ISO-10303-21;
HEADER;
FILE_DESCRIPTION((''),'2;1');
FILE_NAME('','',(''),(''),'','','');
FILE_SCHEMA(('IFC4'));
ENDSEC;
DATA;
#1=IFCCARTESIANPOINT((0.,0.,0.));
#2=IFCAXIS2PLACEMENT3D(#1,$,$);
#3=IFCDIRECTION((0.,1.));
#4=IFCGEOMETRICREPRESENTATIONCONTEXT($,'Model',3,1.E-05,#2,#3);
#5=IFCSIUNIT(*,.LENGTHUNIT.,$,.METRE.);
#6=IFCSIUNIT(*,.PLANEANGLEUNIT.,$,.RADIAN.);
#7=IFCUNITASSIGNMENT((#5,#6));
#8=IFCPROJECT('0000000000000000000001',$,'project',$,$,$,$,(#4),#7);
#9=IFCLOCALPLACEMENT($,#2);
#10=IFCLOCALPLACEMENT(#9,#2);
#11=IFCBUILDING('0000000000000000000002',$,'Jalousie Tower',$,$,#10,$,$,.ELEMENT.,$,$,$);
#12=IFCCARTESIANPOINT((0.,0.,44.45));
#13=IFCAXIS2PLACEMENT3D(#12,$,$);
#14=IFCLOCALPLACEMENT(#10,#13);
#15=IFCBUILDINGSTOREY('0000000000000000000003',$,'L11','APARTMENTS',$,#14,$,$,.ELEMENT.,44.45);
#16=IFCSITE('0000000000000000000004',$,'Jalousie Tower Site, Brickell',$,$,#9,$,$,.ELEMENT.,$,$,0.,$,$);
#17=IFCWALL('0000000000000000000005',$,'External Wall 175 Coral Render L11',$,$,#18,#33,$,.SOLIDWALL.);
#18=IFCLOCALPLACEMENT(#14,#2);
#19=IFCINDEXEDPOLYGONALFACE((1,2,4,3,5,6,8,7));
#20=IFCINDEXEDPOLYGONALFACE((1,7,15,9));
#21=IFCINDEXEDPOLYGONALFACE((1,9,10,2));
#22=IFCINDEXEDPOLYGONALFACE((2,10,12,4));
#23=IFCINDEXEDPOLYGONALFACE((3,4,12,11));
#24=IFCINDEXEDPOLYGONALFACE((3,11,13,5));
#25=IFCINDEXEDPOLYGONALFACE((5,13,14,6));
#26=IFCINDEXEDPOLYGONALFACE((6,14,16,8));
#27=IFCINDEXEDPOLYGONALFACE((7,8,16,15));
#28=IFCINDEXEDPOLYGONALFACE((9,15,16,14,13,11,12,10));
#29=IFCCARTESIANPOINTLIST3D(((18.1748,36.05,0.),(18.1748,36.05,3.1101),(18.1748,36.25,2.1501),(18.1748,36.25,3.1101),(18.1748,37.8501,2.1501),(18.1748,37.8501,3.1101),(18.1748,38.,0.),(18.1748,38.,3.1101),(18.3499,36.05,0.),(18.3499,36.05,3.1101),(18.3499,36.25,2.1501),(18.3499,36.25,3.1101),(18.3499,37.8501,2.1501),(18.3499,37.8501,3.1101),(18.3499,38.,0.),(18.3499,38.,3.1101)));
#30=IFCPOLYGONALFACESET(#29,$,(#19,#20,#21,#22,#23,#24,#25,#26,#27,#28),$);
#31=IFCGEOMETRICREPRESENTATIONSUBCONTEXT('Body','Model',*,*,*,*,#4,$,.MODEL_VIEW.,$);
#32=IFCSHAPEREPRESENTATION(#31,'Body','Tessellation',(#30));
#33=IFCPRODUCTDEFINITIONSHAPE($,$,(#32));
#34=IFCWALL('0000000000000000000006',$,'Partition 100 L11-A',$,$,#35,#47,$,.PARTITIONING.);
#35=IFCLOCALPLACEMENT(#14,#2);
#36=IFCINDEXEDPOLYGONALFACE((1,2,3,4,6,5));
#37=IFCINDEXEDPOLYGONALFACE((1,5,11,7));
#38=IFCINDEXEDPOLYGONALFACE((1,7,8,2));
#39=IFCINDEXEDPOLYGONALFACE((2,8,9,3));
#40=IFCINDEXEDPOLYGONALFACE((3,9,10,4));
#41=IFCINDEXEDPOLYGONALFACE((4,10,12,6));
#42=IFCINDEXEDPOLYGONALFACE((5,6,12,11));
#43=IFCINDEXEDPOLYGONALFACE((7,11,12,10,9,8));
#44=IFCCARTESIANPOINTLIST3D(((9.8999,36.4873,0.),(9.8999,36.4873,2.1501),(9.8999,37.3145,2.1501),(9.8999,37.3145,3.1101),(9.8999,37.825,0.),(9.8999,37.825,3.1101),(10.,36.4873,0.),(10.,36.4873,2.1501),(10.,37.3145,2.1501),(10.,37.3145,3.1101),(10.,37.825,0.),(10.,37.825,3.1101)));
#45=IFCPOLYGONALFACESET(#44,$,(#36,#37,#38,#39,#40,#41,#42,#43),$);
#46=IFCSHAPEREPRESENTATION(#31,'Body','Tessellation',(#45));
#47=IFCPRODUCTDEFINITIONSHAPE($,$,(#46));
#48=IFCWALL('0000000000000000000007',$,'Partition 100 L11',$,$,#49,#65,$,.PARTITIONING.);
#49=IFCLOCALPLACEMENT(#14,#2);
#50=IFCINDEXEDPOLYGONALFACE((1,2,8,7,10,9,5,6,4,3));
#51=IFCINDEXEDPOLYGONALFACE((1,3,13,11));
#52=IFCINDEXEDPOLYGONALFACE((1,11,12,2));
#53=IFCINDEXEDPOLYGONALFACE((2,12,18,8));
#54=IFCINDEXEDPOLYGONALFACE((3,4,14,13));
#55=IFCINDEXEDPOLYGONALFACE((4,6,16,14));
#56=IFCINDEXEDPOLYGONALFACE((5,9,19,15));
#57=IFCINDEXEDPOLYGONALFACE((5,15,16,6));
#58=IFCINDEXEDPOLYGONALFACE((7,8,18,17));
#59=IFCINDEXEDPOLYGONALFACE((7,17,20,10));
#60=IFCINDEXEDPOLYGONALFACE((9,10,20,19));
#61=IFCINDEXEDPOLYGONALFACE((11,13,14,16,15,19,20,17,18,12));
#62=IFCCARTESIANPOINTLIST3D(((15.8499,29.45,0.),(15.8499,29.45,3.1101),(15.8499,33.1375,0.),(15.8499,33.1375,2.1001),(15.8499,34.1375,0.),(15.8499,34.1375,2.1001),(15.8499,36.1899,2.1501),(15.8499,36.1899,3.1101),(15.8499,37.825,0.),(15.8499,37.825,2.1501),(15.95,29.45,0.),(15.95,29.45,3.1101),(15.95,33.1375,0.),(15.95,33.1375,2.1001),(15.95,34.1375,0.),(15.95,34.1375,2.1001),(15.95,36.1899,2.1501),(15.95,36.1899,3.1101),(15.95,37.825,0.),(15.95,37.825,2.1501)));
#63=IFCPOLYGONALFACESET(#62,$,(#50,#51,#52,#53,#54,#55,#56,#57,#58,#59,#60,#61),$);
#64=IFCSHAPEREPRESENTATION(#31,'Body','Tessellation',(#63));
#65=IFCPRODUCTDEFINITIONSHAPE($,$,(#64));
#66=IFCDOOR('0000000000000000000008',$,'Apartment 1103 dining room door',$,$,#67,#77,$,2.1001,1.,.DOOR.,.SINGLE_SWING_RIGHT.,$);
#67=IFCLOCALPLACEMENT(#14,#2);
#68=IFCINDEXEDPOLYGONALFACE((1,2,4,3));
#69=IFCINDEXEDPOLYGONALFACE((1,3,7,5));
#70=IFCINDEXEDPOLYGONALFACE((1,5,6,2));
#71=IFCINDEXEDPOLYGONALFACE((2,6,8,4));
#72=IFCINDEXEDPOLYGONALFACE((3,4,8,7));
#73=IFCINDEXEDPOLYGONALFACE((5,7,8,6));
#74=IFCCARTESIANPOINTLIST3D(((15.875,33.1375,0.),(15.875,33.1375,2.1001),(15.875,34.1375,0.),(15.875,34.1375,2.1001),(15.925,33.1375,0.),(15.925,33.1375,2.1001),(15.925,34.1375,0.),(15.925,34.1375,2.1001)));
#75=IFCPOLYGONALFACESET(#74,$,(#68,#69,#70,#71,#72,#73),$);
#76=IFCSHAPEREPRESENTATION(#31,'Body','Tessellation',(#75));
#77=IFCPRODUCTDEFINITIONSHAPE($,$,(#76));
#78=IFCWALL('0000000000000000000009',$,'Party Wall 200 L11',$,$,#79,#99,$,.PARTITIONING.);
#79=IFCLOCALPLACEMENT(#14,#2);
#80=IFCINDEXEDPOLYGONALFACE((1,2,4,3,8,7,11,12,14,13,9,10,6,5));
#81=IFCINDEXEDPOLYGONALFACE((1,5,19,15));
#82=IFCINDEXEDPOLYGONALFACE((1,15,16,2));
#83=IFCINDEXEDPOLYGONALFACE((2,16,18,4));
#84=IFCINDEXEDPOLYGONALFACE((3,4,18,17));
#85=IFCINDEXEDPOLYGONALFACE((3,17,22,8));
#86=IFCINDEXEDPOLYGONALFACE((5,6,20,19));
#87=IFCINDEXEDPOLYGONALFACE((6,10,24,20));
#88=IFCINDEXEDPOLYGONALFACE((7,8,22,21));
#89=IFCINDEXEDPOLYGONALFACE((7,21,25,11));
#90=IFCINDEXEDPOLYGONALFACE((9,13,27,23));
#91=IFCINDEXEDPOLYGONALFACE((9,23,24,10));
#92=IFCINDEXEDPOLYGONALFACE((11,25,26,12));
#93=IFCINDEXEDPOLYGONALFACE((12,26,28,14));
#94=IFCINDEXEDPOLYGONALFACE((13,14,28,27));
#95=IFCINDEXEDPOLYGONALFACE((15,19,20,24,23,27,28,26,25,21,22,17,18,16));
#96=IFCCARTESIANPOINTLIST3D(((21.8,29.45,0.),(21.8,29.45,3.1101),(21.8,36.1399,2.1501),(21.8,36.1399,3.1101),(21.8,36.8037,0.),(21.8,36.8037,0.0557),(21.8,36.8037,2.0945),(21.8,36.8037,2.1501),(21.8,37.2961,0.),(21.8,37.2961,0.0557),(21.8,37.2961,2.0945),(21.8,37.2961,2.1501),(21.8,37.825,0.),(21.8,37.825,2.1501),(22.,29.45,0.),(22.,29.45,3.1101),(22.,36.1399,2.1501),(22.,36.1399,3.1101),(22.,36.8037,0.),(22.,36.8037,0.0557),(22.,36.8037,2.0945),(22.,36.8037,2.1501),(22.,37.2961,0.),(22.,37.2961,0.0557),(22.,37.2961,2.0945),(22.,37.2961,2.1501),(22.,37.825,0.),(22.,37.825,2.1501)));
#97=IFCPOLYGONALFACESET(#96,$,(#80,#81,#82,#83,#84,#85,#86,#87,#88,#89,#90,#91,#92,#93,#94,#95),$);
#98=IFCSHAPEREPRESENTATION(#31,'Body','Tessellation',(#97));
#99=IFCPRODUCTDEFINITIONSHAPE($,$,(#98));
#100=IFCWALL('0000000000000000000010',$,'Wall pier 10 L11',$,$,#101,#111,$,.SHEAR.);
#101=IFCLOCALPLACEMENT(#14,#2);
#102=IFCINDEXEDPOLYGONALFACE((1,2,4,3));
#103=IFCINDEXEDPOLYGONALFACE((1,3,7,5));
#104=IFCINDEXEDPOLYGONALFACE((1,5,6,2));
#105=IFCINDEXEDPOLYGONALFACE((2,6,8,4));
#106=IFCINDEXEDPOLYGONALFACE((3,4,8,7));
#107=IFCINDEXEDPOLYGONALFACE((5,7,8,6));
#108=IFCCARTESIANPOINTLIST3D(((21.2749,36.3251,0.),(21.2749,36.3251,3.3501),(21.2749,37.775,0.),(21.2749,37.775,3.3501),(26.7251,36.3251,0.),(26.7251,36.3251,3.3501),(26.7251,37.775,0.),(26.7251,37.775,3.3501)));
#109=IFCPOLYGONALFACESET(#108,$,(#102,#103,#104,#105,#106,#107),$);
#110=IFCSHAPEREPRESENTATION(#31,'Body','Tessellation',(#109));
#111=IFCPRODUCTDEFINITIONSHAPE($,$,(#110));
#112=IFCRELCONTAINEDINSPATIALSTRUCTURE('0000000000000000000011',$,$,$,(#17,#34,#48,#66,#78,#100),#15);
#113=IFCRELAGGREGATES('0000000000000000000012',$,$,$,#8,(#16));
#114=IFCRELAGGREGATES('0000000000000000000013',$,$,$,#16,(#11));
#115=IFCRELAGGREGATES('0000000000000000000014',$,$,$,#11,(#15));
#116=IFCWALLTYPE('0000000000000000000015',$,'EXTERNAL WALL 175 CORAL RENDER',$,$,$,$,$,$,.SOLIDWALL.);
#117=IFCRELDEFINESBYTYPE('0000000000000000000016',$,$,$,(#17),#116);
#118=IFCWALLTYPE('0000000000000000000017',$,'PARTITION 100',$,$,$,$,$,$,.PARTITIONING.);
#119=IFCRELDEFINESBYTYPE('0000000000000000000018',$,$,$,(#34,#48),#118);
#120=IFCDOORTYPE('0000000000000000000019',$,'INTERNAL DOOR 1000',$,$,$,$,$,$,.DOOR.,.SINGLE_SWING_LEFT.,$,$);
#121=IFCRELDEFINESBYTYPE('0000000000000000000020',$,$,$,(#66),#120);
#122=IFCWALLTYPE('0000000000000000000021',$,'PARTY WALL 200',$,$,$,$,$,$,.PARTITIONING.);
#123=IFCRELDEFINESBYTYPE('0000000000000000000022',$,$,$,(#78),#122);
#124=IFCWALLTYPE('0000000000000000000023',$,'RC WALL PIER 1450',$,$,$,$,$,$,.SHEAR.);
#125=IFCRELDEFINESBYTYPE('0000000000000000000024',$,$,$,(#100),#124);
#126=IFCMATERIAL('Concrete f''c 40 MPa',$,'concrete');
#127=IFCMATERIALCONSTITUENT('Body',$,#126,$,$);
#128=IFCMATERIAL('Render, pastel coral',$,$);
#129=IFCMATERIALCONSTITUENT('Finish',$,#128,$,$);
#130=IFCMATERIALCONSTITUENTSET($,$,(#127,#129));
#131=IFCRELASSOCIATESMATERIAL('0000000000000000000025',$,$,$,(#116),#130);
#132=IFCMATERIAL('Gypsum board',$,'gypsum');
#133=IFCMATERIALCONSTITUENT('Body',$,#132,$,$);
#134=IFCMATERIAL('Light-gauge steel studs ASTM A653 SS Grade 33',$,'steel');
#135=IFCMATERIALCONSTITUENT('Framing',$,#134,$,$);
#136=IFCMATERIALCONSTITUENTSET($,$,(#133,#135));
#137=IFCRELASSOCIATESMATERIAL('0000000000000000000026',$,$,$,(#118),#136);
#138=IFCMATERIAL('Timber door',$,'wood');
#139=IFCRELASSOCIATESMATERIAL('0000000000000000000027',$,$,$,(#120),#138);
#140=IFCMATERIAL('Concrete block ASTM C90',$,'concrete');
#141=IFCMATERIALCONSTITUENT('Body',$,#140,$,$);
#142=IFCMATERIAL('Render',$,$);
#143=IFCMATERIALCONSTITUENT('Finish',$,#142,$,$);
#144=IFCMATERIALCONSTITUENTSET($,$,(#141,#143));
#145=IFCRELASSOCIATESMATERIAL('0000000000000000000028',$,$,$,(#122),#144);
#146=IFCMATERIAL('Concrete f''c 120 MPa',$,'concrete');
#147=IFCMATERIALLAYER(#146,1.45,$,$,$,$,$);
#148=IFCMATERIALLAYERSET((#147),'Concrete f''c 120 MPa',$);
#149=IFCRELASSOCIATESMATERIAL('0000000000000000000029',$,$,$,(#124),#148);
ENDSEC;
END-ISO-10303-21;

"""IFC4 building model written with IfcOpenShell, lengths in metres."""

from ifc_helpers import new_model, si_unit, direction, frame, frame_2d, origin, place, context, subcontext, project, spatial, polyline, rectangle, outline, extrude, material, layer, layer_set, constituent, constituent_set, type_object, element, fill, save


model = new_model("IFC4")

# Units and contexts
model_context = context("Model", 3, precision=1e-05, world=origin(), true_north=direction((0.0, 1.0)))
body_context = subcontext(model_context, "Body", "Model", "MODEL_VIEW")
ifc_project = project(units=[si_unit("LENGTHUNIT", "METRE"), si_unit("PLANEANGLEUNIT", "RADIAN")], contexts=[model_context])

# Site, building, storey
site_placement = place(None, origin())
site = spatial("IfcSite", under=ifc_project, at=site_placement, Name="Jalousie Tower Site, Brickell", CompositionType="ELEMENT", RefElevation=0.0)
building_placement = place(site_placement, origin())
building = spatial("IfcBuilding", under=site, at=building_placement, Name="Jalousie Tower", CompositionType="ELEMENT")
storey_placement = place(building_placement, frame((0.0, 0.0, 44.45)))
storey = spatial("IfcBuildingStorey", under=building, at=storey_placement, Name="L11", Description="APARTMENTS", CompositionType="ELEMENT", Elevation=44.45)

# Shared definitions
ifc_material_1 = material(Name="Concrete f'c 40 MPa", Category="concrete")
ifc_constituent_1 = constituent(ifc_material_1, Name="Body")
ifc_material_2 = material(Name="Render, pastel coral")
ifc_constituent_2 = constituent(ifc_material_2, Name="Finish")
ifc_constituent_set_1 = constituent_set(constituents=[ifc_constituent_1, ifc_constituent_2])
wall_type_1 = type_object("IfcWallType", Name="EXTERNAL WALL 175 CORAL RENDER", PredefinedType="SOLIDWALL", material=ifc_constituent_set_1)

# Walls
for number, where, z_axis, x_axis, name in (
    (1, (18.2625, 38.0, 0.0), (0.0, 0.0, 1.0), (0.0, -1.0, 0.0), "External Wall 175 Coral Render L11"),
):
    element("IfcWall", number, at=place(storey_placement, frame(where, z_axis=z_axis, x_axis=x_axis)), inside=storey, type_object=wall_type_1, Name=name, PredefinedType="SOLIDWALL", context=body_context, shape_type="SweptSolid", body=[
        extrude(outline(polyline([(0.0, 0.0), (1.95, 0.0), (1.95, 3.1101), (1.75, 3.1101), (1.75, 2.1501), (0.1499, 2.1501), (0.1499, 3.1101), (0.0, 3.1101), (0.0, 0.0)])), frame((0.0, 0.0874, 0.0), z_axis=(0.0, -1.0, 0.0), x_axis=(1.0, 0.0, 0.0)), (0.0, 0.0, 1.0), 0.175),
    ])
ifc_material_3 = material(Name="Gypsum board", Category="gypsum")
ifc_constituent_3 = constituent(ifc_material_3, Name="Body")
ifc_material_4 = material(Name="Light-gauge steel studs ASTM A653 SS Grade 33", Category="steel")
ifc_constituent_4 = constituent(ifc_material_4, Name="Framing")
ifc_constituent_set_2 = constituent_set(constituents=[ifc_constituent_3, ifc_constituent_4])
wall_type_2 = type_object("IfcWallType", Name="PARTITION 100", PredefinedType="PARTITIONING", material=ifc_constituent_set_2)
wall_1_placement = place(storey_placement, frame((9.95, 37.825, 0.0), z_axis=(0.0, 0.0, 1.0), x_axis=(0.0, -1.0, 0.0)))
element("IfcWall", 2, at=wall_1_placement, inside=storey, type_object=wall_type_2, Name="Partition 100 L11-A", PredefinedType="PARTITIONING", context=body_context, shape_type="SweptSolid", body=[
    extrude(outline(polyline([(0.0, 0.0), (1.3376, 0.0), (1.3376, 2.1501), (0.5105, 2.1501), (0.5105, 3.1101), (0.0, 3.1101), (0.0, 0.0)])), frame((0.0, 0.05, 0.0), z_axis=(0.0, -1.0, 0.0), x_axis=(1.0, 0.0, 0.0)), (0.0, 0.0, 1.0), 0.1001),
])

# Wall, opening, door
wall_2_placement = place(storey_placement, frame((15.8999, 37.825, 0.0), z_axis=(0.0, 0.0, 1.0), x_axis=(0.0, -1.0, 0.0)))
wall_2 = element("IfcWall", 3, at=wall_2_placement, inside=storey, type_object=wall_type_2, Name="Partition 100 L11", PredefinedType="PARTITIONING", context=body_context, shape_type="SweptSolid", body=[
    extrude(outline(polyline([(0.0, 0.0), (8.375, 0.0), (8.375, 3.1101), (1.635, 3.1101), (1.635, 2.1501), (0.0, 2.1501), (0.0, 3.1101), (0.0, 0.0)])), frame((0.0, 0.05, 0.0), z_axis=(0.0, -1.0, 0.0), x_axis=(1.0, 0.0, 0.0)), (0.0, 0.0, 1.0), 0.1001),
])
opening_1_placement = place(wall_2_placement, frame((3.6875, 0.0, 0.0)))
opening_1 = element("IfcOpeningElement", 4, at=opening_1_placement, cuts=wall_2, PredefinedType="OPENING", context=body_context, shape_type="SweptSolid", body=[
    extrude(rectangle(XDim=1.0, YDim=2.1001, at=frame_2d((0.5, 1.05))), frame((0.0, 0.0601, 0.0), z_axis=(0.0, -1.0, 0.0), x_axis=(1.0, 0.0, 0.0)), (0.0, 0.0, 1.0), 0.1201),
])
ifc_material_5 = material(Name="Timber door", Category="wood")
door_type = type_object("IfcDoorType", Name="INTERNAL DOOR 1000", OperationType="SINGLE_SWING_LEFT", PredefinedType="DOOR", material=ifc_material_5)
door_placement = place(opening_1_placement, frame((1.0, 0.0, 0.0), z_axis=(0.0, 0.0, 1.0), x_axis=(-1.0, 0.0, 0.0)))
door = element("IfcDoor", 5, at=door_placement, inside=storey, type_object=door_type, Name="Apartment 1103 dining room door", OperationType="SINGLE_SWING_RIGHT", OverallHeight=2.1001, OverallWidth=1.0, PredefinedType="DOOR", context=body_context, shape_type="SweptSolid", body=[
    extrude(rectangle(XDim=1.0, YDim=2.1001, at=frame_2d((0.5, 1.05))), frame((0.0, 0.0249, 0.0), z_axis=(0.0, -1.0, 0.0), x_axis=(1.0, 0.0, 0.0)), (0.0, 0.0, 1.0), 0.05),
])
fill(opening_1, door)

# Walls
ifc_material_6 = material(Name="Concrete block ASTM C90", Category="concrete")
ifc_constituent_5 = constituent(ifc_material_6, Name="Body")
ifc_material_7 = material(Name="Render")
ifc_constituent_6 = constituent(ifc_material_7, Name="Finish")
ifc_constituent_set_3 = constituent_set(constituents=[ifc_constituent_5, ifc_constituent_6])
wall_type_3 = type_object("IfcWallType", Name="PARTY WALL 200", PredefinedType="PARTITIONING", material=ifc_constituent_set_3)
wall_3_placement = place(storey_placement, frame((21.8999, 37.825, 0.0), z_axis=(0.0, 0.0, 1.0), x_axis=(0.0, -1.0, 0.0)))
element("IfcWall", 6, at=wall_3_placement, inside=storey, type_object=wall_type_3, Name="Party Wall 200 L11", PredefinedType="PARTITIONING", context=body_context, shape_type="SweptSolid", body=[
    extrude(outline(polyline([(0.5288, 2.1501), (0.0, 2.1501), (0.0, 0.0), (0.5288, 0.0), (0.5288, 0.0557), (1.0212, 0.0557), (1.0212, 0.0), (8.375, 0.0), (8.375, 3.1101), (1.6851, 3.1101), (1.6851, 2.1501), (1.0212, 2.1501), (1.0212, 2.0945), (0.5288, 2.0945), (0.5288, 2.1501)])), frame((0.0, 0.1001, 0.0), z_axis=(0.0, -1.0, 0.0), x_axis=(1.0, 0.0, 0.0)), (0.0, 0.0, 1.0), 0.2),
])
ifc_material_8 = material(Name="Concrete f'c 120 MPa", Category="concrete")
ifc_layer_1 = layer(ifc_material_8, 1.45)
ifc_layer_set_1 = layer_set([ifc_layer_1], Name="Concrete f'c 120 MPa")
wall_type_4 = type_object("IfcWallType", Name="RC WALL PIER 1450", PredefinedType="SHEAR", material=ifc_layer_set_1)
wall_4_placement = place(storey_placement, frame((21.2749, 37.05, 0.0), z_axis=(0.0, 0.0, 1.0), x_axis=(1.0, 0.0, 0.0)))
element("IfcWall", 7, at=wall_4_placement, inside=storey, type_object=wall_type_4, Name="Wall pier 10 L11", PredefinedType="SHEAR", context=body_context, shape_type="SweptSolid", body=[
    extrude(rectangle(XDim=5.4502, YDim=1.45, at=frame_2d((2.7251, 0.0))), origin(), (0.0, 0.0, 1.0), 3.3501),
])

save(model, "model.ifc")
